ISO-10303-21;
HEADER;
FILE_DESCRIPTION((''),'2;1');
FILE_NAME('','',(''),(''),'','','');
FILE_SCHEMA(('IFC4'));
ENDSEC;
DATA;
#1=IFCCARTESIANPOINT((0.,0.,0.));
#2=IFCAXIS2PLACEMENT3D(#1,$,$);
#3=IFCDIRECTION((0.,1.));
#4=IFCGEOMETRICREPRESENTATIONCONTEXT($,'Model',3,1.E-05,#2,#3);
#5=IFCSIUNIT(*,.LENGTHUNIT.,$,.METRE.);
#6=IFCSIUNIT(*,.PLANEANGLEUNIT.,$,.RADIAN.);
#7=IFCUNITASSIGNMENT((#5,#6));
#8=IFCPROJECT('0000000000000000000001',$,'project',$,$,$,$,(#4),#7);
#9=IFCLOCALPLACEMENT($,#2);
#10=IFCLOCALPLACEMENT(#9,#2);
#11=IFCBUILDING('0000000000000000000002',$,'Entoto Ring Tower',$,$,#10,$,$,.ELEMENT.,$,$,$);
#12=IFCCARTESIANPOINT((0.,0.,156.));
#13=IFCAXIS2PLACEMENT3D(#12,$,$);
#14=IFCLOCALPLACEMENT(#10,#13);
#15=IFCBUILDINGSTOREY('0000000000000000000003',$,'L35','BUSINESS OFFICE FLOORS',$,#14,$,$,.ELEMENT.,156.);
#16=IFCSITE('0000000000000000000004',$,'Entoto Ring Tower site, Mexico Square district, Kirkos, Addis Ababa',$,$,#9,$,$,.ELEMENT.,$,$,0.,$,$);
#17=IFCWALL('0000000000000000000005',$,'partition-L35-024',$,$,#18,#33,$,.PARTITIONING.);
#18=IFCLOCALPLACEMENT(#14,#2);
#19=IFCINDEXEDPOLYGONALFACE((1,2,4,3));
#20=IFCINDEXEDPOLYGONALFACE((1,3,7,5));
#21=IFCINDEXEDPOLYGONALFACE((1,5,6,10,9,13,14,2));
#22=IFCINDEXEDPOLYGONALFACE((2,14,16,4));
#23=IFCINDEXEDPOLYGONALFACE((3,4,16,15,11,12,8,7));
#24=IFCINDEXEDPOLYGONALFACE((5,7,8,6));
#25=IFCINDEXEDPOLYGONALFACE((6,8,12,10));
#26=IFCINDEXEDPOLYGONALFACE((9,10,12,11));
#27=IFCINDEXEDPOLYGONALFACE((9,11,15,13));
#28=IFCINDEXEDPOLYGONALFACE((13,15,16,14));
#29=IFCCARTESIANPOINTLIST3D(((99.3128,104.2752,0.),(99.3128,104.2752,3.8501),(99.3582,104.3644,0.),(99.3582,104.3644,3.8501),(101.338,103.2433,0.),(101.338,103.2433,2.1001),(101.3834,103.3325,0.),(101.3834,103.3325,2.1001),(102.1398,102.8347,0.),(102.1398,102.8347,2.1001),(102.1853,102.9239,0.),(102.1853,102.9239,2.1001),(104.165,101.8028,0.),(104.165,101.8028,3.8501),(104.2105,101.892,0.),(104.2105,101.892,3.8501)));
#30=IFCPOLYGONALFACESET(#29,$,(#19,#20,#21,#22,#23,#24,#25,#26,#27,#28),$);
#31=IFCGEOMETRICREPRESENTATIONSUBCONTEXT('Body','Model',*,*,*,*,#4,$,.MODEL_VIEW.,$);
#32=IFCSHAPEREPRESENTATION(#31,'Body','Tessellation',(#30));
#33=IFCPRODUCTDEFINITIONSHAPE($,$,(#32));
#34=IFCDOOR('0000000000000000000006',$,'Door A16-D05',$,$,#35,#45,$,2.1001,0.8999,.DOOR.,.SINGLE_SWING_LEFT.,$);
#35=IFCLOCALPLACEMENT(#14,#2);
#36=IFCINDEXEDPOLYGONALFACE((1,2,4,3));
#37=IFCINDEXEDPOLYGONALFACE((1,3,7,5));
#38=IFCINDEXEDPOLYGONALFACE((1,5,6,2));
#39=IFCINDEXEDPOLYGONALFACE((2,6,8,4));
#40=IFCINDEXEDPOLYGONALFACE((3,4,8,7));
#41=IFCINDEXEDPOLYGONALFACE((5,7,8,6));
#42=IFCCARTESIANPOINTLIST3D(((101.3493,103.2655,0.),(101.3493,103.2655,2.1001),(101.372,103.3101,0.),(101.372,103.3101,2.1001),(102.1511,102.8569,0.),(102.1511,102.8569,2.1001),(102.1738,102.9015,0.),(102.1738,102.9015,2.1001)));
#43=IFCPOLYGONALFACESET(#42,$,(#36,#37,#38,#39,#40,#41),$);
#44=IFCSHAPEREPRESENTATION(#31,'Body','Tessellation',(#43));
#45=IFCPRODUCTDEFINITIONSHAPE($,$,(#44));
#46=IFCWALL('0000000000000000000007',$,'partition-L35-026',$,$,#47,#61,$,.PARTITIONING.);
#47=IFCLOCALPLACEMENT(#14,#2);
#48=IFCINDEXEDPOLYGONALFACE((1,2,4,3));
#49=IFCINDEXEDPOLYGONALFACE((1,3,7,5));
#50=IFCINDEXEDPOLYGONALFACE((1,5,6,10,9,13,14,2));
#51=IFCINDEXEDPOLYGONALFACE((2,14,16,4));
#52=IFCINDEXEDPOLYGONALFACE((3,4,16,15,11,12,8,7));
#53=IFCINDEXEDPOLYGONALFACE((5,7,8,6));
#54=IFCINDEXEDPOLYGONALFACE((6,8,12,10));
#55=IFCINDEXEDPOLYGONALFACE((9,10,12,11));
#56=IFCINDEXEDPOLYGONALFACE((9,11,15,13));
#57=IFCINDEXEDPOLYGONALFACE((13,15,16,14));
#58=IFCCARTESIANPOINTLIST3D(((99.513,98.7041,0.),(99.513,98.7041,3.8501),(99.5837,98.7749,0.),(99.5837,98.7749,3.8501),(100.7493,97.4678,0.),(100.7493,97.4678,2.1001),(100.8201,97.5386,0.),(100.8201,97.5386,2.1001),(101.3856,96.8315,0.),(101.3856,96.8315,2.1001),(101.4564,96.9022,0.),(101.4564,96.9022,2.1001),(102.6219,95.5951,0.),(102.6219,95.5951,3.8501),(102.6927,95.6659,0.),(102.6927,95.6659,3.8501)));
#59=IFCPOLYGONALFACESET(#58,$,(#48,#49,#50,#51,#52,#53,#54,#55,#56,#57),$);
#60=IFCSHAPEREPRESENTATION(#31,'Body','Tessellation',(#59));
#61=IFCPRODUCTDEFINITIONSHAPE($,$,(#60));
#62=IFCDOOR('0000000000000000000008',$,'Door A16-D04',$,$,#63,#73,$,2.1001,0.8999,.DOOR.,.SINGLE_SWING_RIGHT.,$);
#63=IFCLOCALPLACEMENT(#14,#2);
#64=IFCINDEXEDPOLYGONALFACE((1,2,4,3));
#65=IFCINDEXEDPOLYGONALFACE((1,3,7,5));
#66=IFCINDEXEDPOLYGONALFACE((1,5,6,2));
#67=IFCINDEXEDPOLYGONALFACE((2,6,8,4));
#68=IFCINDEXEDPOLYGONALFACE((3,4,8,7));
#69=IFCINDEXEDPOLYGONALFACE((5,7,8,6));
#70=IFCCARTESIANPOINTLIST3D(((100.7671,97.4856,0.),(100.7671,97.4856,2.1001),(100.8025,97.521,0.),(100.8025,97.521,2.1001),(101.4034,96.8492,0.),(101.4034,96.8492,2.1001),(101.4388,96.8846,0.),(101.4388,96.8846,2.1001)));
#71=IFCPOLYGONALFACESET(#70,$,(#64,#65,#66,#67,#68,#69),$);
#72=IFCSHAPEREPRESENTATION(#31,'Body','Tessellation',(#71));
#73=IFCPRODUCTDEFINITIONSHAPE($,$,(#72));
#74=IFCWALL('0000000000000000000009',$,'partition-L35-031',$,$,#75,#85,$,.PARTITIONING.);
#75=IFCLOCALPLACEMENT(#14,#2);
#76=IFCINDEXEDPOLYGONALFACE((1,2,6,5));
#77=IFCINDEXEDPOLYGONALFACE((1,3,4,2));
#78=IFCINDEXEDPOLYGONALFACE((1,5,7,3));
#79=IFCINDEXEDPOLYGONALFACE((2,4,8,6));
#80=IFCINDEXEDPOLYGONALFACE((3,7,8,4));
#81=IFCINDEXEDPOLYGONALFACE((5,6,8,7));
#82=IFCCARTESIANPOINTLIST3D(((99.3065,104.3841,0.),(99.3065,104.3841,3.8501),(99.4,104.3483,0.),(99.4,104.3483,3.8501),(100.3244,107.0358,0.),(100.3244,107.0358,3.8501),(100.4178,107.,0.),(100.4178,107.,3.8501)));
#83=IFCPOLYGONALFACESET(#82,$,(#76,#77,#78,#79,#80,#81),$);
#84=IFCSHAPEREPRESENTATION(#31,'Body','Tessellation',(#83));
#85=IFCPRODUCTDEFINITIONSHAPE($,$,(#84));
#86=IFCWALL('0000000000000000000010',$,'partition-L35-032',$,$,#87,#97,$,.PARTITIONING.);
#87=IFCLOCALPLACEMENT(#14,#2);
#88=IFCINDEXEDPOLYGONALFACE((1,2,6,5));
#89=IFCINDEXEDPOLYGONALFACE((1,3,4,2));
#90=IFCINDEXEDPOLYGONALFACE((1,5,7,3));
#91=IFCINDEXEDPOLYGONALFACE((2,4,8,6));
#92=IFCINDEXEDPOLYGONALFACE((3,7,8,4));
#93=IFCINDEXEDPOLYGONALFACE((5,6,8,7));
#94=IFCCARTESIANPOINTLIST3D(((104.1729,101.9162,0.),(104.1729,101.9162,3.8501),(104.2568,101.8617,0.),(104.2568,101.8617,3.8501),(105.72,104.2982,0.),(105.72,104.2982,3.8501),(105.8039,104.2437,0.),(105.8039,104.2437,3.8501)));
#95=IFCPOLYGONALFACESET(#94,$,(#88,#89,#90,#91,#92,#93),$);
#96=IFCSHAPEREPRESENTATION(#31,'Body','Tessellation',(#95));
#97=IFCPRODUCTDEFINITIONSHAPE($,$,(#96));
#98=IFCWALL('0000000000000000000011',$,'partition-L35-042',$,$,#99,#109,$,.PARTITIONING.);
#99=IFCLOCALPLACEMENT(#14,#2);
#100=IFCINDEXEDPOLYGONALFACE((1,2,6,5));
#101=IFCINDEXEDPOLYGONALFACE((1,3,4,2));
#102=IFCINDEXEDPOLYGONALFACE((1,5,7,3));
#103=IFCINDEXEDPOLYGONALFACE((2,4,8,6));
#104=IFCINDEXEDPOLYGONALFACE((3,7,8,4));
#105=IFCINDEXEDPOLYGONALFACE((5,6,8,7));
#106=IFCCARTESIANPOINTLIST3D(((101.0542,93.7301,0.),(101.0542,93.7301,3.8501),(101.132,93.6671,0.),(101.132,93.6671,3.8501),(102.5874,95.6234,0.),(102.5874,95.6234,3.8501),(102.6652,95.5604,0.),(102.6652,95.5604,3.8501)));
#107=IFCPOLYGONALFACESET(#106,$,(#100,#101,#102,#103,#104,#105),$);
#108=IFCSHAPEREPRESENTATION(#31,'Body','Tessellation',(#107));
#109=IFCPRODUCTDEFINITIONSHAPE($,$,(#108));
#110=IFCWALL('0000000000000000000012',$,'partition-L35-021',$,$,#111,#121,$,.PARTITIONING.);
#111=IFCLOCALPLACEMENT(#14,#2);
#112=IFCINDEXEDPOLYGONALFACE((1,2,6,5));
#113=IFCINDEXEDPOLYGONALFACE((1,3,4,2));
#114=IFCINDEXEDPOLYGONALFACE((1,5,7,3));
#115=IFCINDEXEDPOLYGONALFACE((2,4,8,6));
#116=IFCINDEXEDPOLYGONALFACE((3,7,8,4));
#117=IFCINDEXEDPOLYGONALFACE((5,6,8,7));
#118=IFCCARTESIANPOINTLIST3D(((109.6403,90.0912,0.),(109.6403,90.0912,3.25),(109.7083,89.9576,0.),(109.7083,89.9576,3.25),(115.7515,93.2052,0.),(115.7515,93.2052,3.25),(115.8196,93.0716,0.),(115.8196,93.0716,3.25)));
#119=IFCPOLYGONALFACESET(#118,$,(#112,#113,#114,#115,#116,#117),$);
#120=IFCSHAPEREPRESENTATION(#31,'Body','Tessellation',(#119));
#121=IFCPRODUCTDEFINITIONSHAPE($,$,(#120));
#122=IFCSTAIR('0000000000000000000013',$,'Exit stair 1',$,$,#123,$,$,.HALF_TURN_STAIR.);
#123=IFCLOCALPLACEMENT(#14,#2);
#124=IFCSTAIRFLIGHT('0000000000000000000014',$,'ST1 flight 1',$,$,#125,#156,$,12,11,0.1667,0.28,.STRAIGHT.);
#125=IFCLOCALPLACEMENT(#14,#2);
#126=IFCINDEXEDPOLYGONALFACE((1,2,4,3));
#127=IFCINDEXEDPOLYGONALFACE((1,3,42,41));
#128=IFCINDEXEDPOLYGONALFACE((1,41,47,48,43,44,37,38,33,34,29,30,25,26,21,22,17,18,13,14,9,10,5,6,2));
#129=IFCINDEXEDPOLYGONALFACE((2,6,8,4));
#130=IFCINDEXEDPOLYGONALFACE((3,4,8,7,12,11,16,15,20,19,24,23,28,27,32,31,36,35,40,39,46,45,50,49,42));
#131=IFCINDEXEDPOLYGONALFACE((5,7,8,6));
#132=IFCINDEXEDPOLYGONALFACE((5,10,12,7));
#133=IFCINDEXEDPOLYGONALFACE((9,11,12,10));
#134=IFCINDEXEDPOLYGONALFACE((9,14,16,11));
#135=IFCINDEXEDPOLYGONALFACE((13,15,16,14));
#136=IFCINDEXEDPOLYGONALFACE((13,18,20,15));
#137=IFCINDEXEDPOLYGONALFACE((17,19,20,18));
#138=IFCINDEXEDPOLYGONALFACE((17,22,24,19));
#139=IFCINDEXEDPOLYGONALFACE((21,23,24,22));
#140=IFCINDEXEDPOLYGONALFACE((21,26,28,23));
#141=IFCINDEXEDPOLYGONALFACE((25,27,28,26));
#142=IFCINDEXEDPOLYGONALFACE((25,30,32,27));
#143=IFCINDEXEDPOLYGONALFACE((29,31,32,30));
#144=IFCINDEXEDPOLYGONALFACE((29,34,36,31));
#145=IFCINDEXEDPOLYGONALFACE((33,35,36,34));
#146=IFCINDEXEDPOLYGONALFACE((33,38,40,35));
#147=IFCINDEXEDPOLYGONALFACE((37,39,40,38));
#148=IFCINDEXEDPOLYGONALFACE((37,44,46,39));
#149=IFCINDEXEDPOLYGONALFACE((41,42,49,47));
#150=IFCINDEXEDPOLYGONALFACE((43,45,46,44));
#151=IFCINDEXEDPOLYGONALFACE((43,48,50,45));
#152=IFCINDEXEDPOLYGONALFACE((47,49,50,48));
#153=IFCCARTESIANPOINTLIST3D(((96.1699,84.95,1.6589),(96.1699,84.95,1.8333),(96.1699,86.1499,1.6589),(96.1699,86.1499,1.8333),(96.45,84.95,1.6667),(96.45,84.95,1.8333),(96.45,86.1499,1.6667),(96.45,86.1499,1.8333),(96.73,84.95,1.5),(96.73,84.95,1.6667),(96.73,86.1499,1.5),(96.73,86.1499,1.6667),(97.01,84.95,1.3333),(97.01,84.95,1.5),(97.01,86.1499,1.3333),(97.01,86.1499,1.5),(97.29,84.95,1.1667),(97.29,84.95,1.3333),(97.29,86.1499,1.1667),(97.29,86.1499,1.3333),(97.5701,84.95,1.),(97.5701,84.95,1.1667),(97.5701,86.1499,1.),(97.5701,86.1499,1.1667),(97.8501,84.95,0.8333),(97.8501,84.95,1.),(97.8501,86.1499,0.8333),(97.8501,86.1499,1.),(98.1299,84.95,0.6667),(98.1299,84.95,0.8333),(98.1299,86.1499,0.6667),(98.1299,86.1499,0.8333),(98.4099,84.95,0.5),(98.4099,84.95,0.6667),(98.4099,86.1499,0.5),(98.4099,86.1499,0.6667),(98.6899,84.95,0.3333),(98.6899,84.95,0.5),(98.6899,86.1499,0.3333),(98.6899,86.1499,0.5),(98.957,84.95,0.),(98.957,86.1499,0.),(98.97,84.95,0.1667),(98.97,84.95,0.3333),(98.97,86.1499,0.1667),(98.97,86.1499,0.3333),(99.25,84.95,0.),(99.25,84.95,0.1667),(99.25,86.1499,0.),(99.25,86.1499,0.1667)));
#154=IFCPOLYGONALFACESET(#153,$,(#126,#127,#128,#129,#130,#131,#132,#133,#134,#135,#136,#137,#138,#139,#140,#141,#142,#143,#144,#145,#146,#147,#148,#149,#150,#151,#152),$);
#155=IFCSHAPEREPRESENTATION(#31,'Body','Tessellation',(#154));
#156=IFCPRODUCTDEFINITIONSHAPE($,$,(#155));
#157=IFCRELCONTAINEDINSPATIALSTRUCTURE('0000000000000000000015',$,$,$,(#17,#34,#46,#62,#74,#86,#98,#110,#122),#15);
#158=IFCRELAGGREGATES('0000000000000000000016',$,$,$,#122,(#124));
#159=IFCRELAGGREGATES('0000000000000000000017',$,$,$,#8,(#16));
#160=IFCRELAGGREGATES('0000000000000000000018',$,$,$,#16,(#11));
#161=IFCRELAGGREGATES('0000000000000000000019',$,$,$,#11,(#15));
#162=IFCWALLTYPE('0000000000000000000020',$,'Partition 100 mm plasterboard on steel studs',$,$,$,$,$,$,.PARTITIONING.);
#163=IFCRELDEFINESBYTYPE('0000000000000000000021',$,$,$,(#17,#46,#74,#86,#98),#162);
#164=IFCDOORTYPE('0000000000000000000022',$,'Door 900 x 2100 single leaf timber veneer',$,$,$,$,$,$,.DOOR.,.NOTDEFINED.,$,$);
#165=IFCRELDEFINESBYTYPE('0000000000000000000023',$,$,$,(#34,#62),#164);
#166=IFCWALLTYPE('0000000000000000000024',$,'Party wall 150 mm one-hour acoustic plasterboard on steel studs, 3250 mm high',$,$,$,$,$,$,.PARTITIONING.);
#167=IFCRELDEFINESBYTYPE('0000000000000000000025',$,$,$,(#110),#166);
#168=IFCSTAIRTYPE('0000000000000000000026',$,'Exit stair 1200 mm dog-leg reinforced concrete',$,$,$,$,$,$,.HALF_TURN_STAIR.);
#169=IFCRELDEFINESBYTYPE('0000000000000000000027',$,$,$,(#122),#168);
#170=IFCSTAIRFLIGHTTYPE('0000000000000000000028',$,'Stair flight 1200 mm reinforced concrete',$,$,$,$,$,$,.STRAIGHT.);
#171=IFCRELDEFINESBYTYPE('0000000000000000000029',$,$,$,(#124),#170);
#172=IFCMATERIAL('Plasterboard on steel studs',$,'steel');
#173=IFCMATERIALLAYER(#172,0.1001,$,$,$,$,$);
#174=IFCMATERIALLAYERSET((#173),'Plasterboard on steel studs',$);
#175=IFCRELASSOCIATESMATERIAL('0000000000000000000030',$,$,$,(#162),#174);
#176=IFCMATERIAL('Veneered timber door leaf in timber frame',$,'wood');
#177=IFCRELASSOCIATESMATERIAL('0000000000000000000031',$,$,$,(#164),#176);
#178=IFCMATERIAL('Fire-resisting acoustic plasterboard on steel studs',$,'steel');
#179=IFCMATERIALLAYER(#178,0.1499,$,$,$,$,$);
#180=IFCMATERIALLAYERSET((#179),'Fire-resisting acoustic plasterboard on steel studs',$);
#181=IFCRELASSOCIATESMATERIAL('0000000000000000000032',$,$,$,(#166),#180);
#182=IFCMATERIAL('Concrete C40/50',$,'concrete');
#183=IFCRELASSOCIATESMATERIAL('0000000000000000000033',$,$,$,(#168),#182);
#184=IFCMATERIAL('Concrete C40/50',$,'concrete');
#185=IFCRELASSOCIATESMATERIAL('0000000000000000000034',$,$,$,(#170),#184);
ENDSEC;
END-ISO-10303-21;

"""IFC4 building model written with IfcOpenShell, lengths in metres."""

from ifc_helpers import new_model, si_unit, direction, frame, frame_2d, origin, place, context, subcontext, project, spatial, polyline, rectangle, outline, extrude, material, layer, layer_set, type_object, element, fill, aggregate, save


model = new_model("IFC4")

# Units and contexts
model_context = context("Model", 3, precision=1e-05, world=origin(), true_north=direction((0.0, 1.0)))
body_context = subcontext(model_context, "Body", "Model", "MODEL_VIEW")
ifc_project = project(units=[si_unit("LENGTHUNIT", "METRE"), si_unit("PLANEANGLEUNIT", "RADIAN")], contexts=[model_context])

# Site, building, storey
site_placement = place(None, origin())
site = spatial("IfcSite", under=ifc_project, at=site_placement, Name="Entoto Ring Tower site, Mexico Square district, Kirkos, Addis Ababa", CompositionType="ELEMENT", RefElevation=0.0)
building_placement = place(site_placement, origin())
building = spatial("IfcBuilding", under=site, at=building_placement, Name="Entoto Ring Tower", CompositionType="ELEMENT")
storey_placement = place(building_placement, frame((0.0, 0.0, 156.0)))
storey = spatial("IfcBuildingStorey", under=building, at=storey_placement, Name="L35", Description="BUSINESS OFFICE FLOORS", CompositionType="ELEMENT", Elevation=156.0)

# Walls, openings, doors
ifc_material_1 = material(Name="Plasterboard on steel studs", Category="steel")
ifc_layer_1 = layer(ifc_material_1, 0.1001)
ifc_layer_set_1 = layer_set([ifc_layer_1], Name="Plasterboard on steel studs")
wall_type_1 = type_object("IfcWallType", Name="Partition 100 mm plasterboard on steel studs", PredefinedType="PARTITIONING", material=ifc_layer_set_1)
wall_1_placement = place(storey_placement, frame((104.1877, 101.8474, 0.0), z_axis=(0.0, 0.0, 1.0), x_axis=(-0.891003, 0.453997, 0.0)))
wall_1 = element("IfcWall", 1, at=wall_1_placement, inside=storey, type_object=wall_type_1, Name="partition-L35-024", PredefinedType="PARTITIONING", context=body_context, shape_type="SweptSolid", body=[
    extrude(rectangle(XDim=5.4458, YDim=0.1001, at=frame_2d((2.7229, 0.0))), origin(), (0.0, 0.0, 1.0), 3.8501),
])
opening_1_placement = place(wall_1_placement, frame((2.2729, 0.0, 0.0)))
opening_1 = element("IfcOpeningElement", 2, at=opening_1_placement, cuts=wall_1, PredefinedType="OPENING", context=body_context, shape_type="SweptSolid", body=[
    extrude(rectangle(XDim=0.8999, YDim=2.1001, at=frame_2d((0.45, 1.05))), frame((0.0, 0.0601, 0.0), z_axis=(0.0, -1.0, 0.0), x_axis=(1.0, 0.0, 0.0)), (0.0, 0.0, 1.0), 0.1201),
])
ifc_material_2 = material(Name="Veneered timber door leaf in timber frame", Category="wood")
door_type_1 = type_object("IfcDoorType", Name="Door 900 x 2100 single leaf timber veneer", OperationType="NOTDEFINED", PredefinedType="DOOR", material=ifc_material_2)
door_1_placement = place(opening_1_placement, frame((0.8999, 0.0, 0.0), z_axis=(0.0, 0.0, 1.0), x_axis=(-1.0, 0.0, 0.0)))
door_1 = element("IfcDoor", 3, at=door_1_placement, inside=storey, type_object=door_type_1, Name="Door A16-D05", OperationType="SINGLE_SWING_LEFT", OverallHeight=2.1001, OverallWidth=0.8999, PredefinedType="DOOR", context=body_context, shape_type="SweptSolid", body=[
    extrude(rectangle(XDim=0.8999, YDim=2.1001, at=frame_2d((0.45, 1.05))), frame((0.0, 0.0249, 0.0), z_axis=(0.0, -1.0, 0.0), x_axis=(1.0, 0.0, 0.0)), (0.0, 0.0, 1.0), 0.05),
])
fill(opening_1, door_1)
wall_2_placement = place(storey_placement, frame((102.6572, 95.6306, 0.0), z_axis=(0.0, 0.0, 1.0), x_axis=(-0.707107, 0.707107, 0.0)))
wall_2 = element("IfcWall", 4, at=wall_2_placement, inside=storey, type_object=wall_type_1, Name="partition-L35-026", PredefinedType="PARTITIONING", context=body_context, shape_type="SweptSolid", body=[
    extrude(rectangle(XDim=4.3967, YDim=0.1001, at=frame_2d((2.1982, 0.0))), origin(), (0.0, 0.0, 1.0), 3.8501),
])
opening_2_placement = place(wall_2_placement, frame((1.7483, 0.0, 0.0)))
opening_2 = element("IfcOpeningElement", 5, at=opening_2_placement, cuts=wall_2, PredefinedType="OPENING", context=body_context, shape_type="SweptSolid", body=[
    extrude(rectangle(XDim=0.8999, YDim=2.1001, at=frame_2d((0.45, 1.05))), frame((0.0, 0.0601, 0.0), z_axis=(0.0, -1.0, 0.0), x_axis=(1.0, 0.0, 0.0)), (0.0, 0.0, 1.0), 0.1201),
])
door_2_placement = place(opening_2_placement, origin())
door_2 = element("IfcDoor", 6, at=door_2_placement, inside=storey, type_object=door_type_1, Name="Door A16-D04", OperationType="SINGLE_SWING_RIGHT", OverallHeight=2.1001, OverallWidth=0.8999, PredefinedType="DOOR", context=body_context, shape_type="SweptSolid", body=[
    extrude(rectangle(XDim=0.8999, YDim=2.1001, at=frame_2d((0.45, 1.05))), frame((0.0, 0.0249, 0.0), z_axis=(0.0, -1.0, 0.0), x_axis=(1.0, 0.0, 0.0)), (0.0, 0.0, 1.0), 0.05),
])
fill(opening_2, door_2)

# Walls
for number, where, z_axis, x_axis, name in (
    (7, (99.3533, 104.3662, 0.0), (0.0, 0.0, 1.0), (0.358357, 0.933585, 0.0), "partition-L35-031"),
    (8, (104.2148, 101.8889, 0.0), (0.0, 0.0, 1.0), (0.544683, 0.838642, 0.0), "partition-L35-032"),
):
    element("IfcWall", number, at=place(storey_placement, frame(where, z_axis=z_axis, x_axis=x_axis)), inside=storey, type_object=wall_type_1, Name=name, PredefinedType="PARTITIONING", context=body_context, shape_type="SweptSolid", body=[
        extrude(rectangle(XDim=2.8403, YDim=0.1001, at=frame_2d((1.4202, 0.0))), origin(), (0.0, 0.0, 1.0), 3.8501),
    ])
wall_3_placement = place(storey_placement, frame((101.093, 93.6985, 0.0), z_axis=(0.0, 0.0, 1.0), x_axis=(0.629328, 0.77714, 0.0)))
element("IfcWall", 9, at=wall_3_placement, inside=storey, type_object=wall_type_1, Name="partition-L35-042", PredefinedType="PARTITIONING", context=body_context, shape_type="SweptSolid", body=[
    extrude(rectangle(XDim=2.4363, YDim=0.1001, at=frame_2d((1.2183, 0.0))), origin(), (0.0, 0.0, 1.0), 3.8501),
])
ifc_material_3 = material(Name="Fire-resisting acoustic plasterboard on steel studs", Category="steel")
ifc_layer_2 = layer(ifc_material_3, 0.1499)
ifc_layer_set_2 = layer_set([ifc_layer_2], Name="Fire-resisting acoustic plasterboard on steel studs")
wall_type_2 = type_object("IfcWallType", Name="Party wall 150 mm one-hour acoustic plasterboard on steel studs, 3250 mm high", PredefinedType="PARTITIONING", material=ifc_layer_set_2)
wall_4_placement = place(storey_placement, frame((109.6743, 90.0244, 0.0), z_axis=(0.0, 0.0, 1.0), x_axis=(0.890998, 0.454006, 0.0)))
element("IfcWall", 10, at=wall_4_placement, inside=storey, type_object=wall_type_2, Name="partition-L35-021", PredefinedType="PARTITIONING", context=body_context, shape_type="SweptSolid", body=[
    extrude(rectangle(XDim=6.8589, YDim=0.1499, at=frame_2d((3.4294, 0.0))), origin(), (0.0, 0.0, 1.0), 3.25),
])

# Stair, stair flight
ifc_material_4 = material(Name="Concrete C40/50", Category="concrete")
stair_type = type_object("IfcStairType", Name="Exit stair 1200 mm dog-leg reinforced concrete", PredefinedType="HALF_TURN_STAIR", material=ifc_material_4)
stair_placement = place(storey_placement, origin())
stair = element("IfcStair", 11, at=stair_placement, inside=storey, type_object=stair_type, Name="Exit stair 1", PredefinedType="HALF_TURN_STAIR")
ifc_material_5 = material(Name="Concrete C40/50", Category="concrete")
stair_flight_type = type_object("IfcStairFlightType", Name="Stair flight 1200 mm reinforced concrete", PredefinedType="STRAIGHT", material=ifc_material_5)
stair_flight_placement = place(storey_placement, frame((99.25, 85.55, 0.0), z_axis=(0.0, 0.0, 1.0), x_axis=(-1.0, 0.0, 0.0)))
stair_flight = element("IfcStairFlight", 12, at=stair_flight_placement, type_object=stair_flight_type, Name="ST1 flight 1", NumberOfRisers=12, NumberOfTreads=11, PredefinedType="STRAIGHT", RiserHeight=0.1667, TreadLength=0.28, context=body_context, shape_type="SweptSolid", body=[
    extrude(outline(polyline([(0.0, 0.0), (0.0, 0.1667), (0.28, 0.1667), (0.28, 0.3333), (0.5601, 0.3333), (0.5601, 0.5), (0.8401, 0.5), (0.8401, 0.6667), (1.1201, 0.6667), (1.1201, 0.8333), (1.3999, 0.8333), (1.3999, 1.0), (1.6799, 1.0), (1.6799, 1.1667), (1.96, 1.1667), (1.96, 1.3333), (2.24, 1.3333), (2.24, 1.5), (2.52, 1.5), (2.52, 1.6667), (2.8, 1.6667), (2.8, 1.8333), (3.0801, 1.8333), (3.0801, 2.0), (3.0801, 1.6589), (0.293, 0.0), (0.0, 0.0)])), frame((0.0, 0.6001, 0.0), z_axis=(0.0, -1.0, 0.0), x_axis=(1.0, 0.0, 0.0)), (0.0, 0.0, 1.0), 1.2),
])
aggregate(stair, [stair_flight])

save(model, "model.ifc")
